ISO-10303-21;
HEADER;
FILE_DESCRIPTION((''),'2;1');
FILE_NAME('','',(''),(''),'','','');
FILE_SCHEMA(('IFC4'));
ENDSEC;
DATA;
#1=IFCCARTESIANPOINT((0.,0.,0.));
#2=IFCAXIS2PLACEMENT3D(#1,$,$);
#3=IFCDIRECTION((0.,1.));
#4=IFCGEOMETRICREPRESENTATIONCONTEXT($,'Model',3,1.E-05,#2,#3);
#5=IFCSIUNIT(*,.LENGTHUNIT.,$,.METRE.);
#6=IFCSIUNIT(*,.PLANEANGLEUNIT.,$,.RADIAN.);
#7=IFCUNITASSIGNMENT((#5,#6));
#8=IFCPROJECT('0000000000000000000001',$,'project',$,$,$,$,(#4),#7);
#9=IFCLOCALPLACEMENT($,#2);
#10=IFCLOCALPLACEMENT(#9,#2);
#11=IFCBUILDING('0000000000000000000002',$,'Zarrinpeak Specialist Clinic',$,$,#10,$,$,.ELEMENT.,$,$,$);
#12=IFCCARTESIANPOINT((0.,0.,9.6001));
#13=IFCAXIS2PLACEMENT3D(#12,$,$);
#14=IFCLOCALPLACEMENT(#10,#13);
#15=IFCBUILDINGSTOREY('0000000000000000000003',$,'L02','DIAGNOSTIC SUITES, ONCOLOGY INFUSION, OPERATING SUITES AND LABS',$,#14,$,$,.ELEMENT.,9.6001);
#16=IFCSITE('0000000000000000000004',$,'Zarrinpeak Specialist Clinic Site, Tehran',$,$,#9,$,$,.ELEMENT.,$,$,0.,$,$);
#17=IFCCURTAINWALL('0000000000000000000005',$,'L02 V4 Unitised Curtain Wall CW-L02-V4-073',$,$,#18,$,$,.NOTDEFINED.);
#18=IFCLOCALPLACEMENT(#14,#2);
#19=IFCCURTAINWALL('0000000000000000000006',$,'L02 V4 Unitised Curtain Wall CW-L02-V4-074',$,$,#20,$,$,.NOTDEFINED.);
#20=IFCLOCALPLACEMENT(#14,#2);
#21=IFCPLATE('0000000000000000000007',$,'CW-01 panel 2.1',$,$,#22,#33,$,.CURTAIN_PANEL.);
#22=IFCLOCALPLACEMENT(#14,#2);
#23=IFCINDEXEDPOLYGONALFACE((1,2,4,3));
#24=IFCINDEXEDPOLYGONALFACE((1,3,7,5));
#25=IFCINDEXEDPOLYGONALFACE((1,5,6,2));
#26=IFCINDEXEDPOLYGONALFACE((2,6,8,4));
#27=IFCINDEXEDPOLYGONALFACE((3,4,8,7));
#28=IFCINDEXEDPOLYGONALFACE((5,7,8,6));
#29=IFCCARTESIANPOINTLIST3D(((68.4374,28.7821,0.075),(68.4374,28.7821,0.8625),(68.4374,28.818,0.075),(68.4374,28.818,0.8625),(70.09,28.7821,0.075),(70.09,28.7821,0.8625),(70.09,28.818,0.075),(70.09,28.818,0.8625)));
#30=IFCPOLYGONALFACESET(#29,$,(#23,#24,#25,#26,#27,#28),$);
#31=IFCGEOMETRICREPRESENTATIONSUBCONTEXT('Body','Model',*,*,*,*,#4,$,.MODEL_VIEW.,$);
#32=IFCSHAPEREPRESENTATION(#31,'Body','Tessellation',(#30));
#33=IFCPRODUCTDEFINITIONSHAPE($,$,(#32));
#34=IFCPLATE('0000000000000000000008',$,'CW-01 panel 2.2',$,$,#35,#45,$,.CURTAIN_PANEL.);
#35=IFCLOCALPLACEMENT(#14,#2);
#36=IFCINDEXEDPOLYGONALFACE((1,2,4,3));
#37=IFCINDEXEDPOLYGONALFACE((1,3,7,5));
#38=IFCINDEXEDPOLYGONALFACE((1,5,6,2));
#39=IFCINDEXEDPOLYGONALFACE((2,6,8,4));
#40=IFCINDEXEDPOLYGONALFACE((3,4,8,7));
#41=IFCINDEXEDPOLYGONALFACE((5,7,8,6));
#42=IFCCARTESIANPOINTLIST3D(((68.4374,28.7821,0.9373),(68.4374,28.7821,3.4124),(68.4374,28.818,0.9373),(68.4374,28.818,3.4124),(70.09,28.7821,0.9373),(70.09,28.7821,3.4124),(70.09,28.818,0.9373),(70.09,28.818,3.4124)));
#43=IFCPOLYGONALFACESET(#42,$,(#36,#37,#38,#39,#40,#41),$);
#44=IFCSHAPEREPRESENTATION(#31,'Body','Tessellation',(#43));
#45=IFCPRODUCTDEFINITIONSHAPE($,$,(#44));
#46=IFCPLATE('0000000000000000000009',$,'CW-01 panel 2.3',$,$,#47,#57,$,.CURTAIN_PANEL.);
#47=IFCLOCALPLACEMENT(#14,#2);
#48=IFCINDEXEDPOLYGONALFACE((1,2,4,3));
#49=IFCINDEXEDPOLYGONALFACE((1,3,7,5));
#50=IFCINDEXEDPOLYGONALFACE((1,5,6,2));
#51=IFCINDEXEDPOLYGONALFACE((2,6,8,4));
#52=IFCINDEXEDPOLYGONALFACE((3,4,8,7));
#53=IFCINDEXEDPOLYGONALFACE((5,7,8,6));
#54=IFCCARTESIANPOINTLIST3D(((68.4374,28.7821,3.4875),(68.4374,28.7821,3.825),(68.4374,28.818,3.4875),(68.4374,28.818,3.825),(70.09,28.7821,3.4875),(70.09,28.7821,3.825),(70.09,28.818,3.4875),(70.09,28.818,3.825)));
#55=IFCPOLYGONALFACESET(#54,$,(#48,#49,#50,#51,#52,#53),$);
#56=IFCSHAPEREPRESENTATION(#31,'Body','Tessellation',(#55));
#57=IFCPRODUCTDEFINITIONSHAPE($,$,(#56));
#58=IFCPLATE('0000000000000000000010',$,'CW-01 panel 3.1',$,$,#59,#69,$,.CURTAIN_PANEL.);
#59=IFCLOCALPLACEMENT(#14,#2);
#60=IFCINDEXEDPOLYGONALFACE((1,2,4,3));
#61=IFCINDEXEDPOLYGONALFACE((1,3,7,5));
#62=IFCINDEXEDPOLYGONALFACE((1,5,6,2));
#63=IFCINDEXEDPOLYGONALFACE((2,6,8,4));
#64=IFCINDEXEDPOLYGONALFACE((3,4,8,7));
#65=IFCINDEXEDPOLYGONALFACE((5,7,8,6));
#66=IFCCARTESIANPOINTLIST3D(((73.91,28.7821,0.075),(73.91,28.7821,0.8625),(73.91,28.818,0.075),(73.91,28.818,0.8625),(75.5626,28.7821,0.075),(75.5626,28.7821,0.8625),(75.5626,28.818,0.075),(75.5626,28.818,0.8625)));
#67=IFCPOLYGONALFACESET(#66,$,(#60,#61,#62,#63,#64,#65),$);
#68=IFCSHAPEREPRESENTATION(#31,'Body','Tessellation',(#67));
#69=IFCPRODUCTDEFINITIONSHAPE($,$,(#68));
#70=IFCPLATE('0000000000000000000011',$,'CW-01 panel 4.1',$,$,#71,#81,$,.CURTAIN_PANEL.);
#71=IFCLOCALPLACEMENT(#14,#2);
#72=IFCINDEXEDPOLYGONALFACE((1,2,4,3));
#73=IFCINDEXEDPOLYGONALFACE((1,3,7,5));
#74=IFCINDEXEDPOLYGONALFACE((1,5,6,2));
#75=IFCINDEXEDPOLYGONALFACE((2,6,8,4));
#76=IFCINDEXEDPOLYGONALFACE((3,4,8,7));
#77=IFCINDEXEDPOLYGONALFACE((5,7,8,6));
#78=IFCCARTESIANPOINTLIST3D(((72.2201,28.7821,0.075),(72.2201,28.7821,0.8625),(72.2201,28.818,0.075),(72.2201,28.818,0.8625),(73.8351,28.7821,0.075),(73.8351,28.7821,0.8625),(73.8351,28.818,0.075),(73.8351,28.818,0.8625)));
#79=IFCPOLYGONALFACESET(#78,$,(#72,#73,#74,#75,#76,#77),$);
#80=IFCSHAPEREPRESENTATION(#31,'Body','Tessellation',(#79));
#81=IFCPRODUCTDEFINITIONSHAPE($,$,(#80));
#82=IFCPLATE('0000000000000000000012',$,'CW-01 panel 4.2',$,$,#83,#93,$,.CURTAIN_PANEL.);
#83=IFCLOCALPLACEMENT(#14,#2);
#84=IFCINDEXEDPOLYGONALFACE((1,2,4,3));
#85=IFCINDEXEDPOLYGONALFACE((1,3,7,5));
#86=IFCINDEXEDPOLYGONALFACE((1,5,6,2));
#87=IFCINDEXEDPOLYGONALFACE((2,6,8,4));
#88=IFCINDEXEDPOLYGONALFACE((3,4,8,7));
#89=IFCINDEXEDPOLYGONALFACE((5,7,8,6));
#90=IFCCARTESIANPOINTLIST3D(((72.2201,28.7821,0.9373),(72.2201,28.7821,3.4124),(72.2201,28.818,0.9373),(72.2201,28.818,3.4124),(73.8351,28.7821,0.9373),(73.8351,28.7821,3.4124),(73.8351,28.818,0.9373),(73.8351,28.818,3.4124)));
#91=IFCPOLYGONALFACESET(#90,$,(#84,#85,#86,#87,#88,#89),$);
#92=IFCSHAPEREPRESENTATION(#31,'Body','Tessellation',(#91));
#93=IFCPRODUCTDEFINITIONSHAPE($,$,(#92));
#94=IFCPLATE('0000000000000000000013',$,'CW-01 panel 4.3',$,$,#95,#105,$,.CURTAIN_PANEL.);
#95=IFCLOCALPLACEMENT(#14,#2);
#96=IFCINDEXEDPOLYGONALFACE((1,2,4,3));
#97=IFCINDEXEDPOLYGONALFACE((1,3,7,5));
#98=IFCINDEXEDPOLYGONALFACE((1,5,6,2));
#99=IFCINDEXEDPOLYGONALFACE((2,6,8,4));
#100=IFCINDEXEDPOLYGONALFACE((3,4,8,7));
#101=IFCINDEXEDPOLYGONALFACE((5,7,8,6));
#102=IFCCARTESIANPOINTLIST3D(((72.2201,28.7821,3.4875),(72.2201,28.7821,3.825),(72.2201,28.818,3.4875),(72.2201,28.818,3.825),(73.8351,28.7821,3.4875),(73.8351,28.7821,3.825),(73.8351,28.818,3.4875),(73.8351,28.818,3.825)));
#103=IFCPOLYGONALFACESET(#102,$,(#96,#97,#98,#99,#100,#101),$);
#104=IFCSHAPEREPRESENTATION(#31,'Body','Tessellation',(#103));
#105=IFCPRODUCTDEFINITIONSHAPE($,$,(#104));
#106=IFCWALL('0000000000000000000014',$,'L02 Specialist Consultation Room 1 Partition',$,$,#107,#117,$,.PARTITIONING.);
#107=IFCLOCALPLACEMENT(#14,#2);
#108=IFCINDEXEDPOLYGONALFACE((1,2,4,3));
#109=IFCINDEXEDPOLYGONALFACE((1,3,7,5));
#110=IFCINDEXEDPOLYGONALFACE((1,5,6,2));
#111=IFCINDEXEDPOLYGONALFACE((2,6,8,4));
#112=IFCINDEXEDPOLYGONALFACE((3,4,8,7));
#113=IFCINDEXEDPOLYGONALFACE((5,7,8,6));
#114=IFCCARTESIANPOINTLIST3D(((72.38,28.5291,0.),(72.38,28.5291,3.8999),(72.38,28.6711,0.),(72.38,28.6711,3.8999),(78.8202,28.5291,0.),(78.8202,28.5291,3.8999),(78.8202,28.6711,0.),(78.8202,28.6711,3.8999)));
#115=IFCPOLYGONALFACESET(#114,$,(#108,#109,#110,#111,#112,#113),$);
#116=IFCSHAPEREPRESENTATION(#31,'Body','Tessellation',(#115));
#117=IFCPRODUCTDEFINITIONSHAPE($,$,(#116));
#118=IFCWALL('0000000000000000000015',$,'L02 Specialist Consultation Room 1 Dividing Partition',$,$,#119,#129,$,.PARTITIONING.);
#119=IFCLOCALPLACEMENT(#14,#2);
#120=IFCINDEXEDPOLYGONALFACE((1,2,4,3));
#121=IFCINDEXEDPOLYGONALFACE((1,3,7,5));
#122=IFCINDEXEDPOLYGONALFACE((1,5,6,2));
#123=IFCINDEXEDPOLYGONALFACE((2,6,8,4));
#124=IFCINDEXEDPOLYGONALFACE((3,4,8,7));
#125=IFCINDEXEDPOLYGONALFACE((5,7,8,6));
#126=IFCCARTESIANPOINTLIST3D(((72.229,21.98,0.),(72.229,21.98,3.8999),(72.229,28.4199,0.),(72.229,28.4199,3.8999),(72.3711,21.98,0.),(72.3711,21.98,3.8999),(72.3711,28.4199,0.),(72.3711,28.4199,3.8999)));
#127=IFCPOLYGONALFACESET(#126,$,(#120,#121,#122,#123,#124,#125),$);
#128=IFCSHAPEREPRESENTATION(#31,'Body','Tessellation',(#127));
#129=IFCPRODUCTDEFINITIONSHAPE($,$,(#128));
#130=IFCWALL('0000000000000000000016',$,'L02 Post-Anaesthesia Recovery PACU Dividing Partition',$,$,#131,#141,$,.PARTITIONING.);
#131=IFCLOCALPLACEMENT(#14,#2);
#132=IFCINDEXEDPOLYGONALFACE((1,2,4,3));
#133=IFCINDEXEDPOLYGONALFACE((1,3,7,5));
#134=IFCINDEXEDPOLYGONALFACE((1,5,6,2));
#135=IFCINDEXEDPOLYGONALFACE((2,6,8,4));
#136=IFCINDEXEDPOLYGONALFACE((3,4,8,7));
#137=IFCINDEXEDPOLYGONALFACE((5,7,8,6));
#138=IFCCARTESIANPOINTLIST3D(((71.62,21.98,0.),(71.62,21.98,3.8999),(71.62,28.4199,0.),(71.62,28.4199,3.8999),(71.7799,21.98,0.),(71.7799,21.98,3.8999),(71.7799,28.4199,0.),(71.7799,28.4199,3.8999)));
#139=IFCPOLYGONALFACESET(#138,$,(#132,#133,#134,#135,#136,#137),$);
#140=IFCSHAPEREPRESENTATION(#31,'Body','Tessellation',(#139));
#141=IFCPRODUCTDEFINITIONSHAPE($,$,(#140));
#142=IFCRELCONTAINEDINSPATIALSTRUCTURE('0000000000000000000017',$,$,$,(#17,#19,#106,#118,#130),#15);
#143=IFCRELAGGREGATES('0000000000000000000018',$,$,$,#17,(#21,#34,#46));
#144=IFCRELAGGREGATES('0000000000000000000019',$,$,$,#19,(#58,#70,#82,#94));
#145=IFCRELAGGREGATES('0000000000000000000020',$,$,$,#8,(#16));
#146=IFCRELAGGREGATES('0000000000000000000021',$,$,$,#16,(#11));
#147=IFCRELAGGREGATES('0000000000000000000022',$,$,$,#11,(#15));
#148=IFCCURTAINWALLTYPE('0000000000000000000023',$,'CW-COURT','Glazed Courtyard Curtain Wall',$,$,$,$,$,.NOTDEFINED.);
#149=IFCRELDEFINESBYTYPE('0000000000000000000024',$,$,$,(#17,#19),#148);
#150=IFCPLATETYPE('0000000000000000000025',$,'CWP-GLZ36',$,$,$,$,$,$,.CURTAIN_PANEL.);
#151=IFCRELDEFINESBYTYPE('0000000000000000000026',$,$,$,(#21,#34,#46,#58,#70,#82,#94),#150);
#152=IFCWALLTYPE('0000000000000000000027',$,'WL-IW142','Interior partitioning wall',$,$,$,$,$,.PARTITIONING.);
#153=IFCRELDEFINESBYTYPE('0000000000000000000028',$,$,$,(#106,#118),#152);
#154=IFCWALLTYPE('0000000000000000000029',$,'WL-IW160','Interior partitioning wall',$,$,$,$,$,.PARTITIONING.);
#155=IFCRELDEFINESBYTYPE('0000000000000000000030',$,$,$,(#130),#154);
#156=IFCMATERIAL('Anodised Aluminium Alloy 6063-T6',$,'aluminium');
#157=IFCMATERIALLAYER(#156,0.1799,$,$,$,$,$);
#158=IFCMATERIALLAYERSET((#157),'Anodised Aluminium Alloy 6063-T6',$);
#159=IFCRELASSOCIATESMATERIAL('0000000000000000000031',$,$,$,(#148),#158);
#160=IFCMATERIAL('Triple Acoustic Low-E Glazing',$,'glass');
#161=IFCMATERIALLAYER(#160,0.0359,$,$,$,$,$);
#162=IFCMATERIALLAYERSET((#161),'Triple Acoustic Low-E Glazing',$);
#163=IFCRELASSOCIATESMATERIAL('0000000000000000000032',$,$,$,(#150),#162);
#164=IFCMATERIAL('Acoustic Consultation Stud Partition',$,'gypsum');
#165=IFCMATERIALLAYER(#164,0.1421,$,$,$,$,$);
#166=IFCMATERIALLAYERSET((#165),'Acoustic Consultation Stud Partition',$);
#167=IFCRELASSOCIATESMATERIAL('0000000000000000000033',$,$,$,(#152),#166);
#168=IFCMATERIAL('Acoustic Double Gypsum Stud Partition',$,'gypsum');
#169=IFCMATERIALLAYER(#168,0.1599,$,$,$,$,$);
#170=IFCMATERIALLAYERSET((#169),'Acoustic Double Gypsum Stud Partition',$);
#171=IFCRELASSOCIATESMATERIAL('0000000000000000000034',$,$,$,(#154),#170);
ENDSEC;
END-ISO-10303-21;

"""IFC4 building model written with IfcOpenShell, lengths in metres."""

from ifc_helpers import new_model, si_unit, direction, frame, frame_2d, origin, origin_2d, place, context, subcontext, project, spatial, rectangle, extrude, material, layer, layer_set, type_object, element, aggregate, save


model = new_model("IFC4")

# Units and contexts
model_context = context("Model", 3, precision=1e-05, world=origin(), true_north=direction((0.0, 1.0)))
body_context = subcontext(model_context, "Body", "Model", "MODEL_VIEW")
ifc_project = project(units=[si_unit("LENGTHUNIT", "METRE"), si_unit("PLANEANGLEUNIT", "RADIAN")], contexts=[model_context])

# Site, building, storey
site_placement = place(None, origin())
site = spatial("IfcSite", under=ifc_project, at=site_placement, Name="Zarrinpeak Specialist Clinic Site, Tehran", CompositionType="ELEMENT", RefElevation=0.0)
building_placement = place(site_placement, origin())
building = spatial("IfcBuilding", under=site, at=building_placement, Name="Zarrinpeak Specialist Clinic", CompositionType="ELEMENT")
storey_placement = place(building_placement, frame((0.0, 0.0, 9.6001)))
storey = spatial("IfcBuildingStorey", under=building, at=storey_placement, Name="L02", Description="DIAGNOSTIC SUITES, ONCOLOGY INFUSION, OPERATING SUITES AND LABS", CompositionType="ELEMENT", Elevation=9.6001)

# Curtain walls
ifc_material_1 = material(Name="Anodised Aluminium Alloy 6063-T6", Category="aluminium")
ifc_layer_1 = layer(ifc_material_1, 0.1799)
ifc_layer_set_1 = layer_set([ifc_layer_1], Name="Anodised Aluminium Alloy 6063-T6")
curtain_wall_type = type_object("IfcCurtainWallType", Name="CW-COURT", Description="Glazed Courtyard Curtain Wall", PredefinedType="NOTDEFINED", material=ifc_layer_set_1)
curtain_wall_1_placement = place(storey_placement, origin())
curtain_wall_1 = element("IfcCurtainWall", 1, at=curtain_wall_1_placement, inside=storey, type_object=curtain_wall_type, Name="L02 V4 Unitised Curtain Wall CW-L02-V4-073", PredefinedType="NOTDEFINED")
curtain_wall_2_placement = place(storey_placement, origin())
curtain_wall_2 = element("IfcCurtainWall", 2, at=curtain_wall_2_placement, inside=storey, type_object=curtain_wall_type, Name="L02 V4 Unitised Curtain Wall CW-L02-V4-074", PredefinedType="NOTDEFINED")

# Plates
ifc_material_2 = material(Name="Triple Acoustic Low-E Glazing", Category="glass")
ifc_layer_2 = layer(ifc_material_2, 0.0359)
ifc_layer_set_2 = layer_set([ifc_layer_2], Name="Triple Acoustic Low-E Glazing")
plate_type = type_object("IfcPlateType", Name="CWP-GLZ36", PredefinedType="CURTAIN_PANEL", material=ifc_layer_set_2)
plate_1_placement = place(storey_placement, frame((69.2637, 28.8, 0.075), z_axis=(0.0, 0.0, 1.0), x_axis=(-1.0, 0.0, 0.0)))
plate_1 = element("IfcPlate", 3, at=plate_1_placement, type_object=plate_type, Name="CW-01 panel 2.1", PredefinedType="CURTAIN_PANEL", context=body_context, shape_type="SweptSolid", body=[
    extrude(rectangle(XDim=1.6526, YDim=0.0359, at=origin_2d()), origin(), (0.0, 0.0, 1.0), 0.7876),
])
plate_2_placement = place(storey_placement, frame((69.2637, 28.8, 0.9373), z_axis=(0.0, 0.0, 1.0), x_axis=(-1.0, 0.0, 0.0)))
plate_2 = element("IfcPlate", 4, at=plate_2_placement, type_object=plate_type, Name="CW-01 panel 2.2", PredefinedType="CURTAIN_PANEL", context=body_context, shape_type="SweptSolid", body=[
    extrude(rectangle(XDim=1.6526, YDim=0.0359, at=origin_2d()), origin(), (0.0, 0.0, 1.0), 2.4751),
])
plate_3_placement = place(storey_placement, frame((69.2637, 28.8, 3.4875), z_axis=(0.0, 0.0, 1.0), x_axis=(-1.0, 0.0, 0.0)))
plate_3 = element("IfcPlate", 5, at=plate_3_placement, type_object=plate_type, Name="CW-01 panel 2.3", PredefinedType="CURTAIN_PANEL", context=body_context, shape_type="SweptSolid", body=[
    extrude(rectangle(XDim=1.6526, YDim=0.0359, at=origin_2d()), origin(), (0.0, 0.0, 1.0), 0.3374),
])
aggregate(curtain_wall_1, [plate_1, plate_2, plate_3])
plate_4_placement = place(storey_placement, frame((74.7363, 28.8, 0.075), z_axis=(0.0, 0.0, 1.0), x_axis=(-1.0, 0.0, 0.0)))
plate_4 = element("IfcPlate", 6, at=plate_4_placement, type_object=plate_type, Name="CW-01 panel 3.1", PredefinedType="CURTAIN_PANEL", context=body_context, shape_type="SweptSolid", body=[
    extrude(rectangle(XDim=1.6526, YDim=0.0359, at=origin_2d()), origin(), (0.0, 0.0, 1.0), 0.7876),
])
plate_5_placement = place(storey_placement, frame((73.0276, 28.8, 0.075), z_axis=(0.0, 0.0, 1.0), x_axis=(-1.0, 0.0, 0.0)))
plate_5 = element("IfcPlate", 7, at=plate_5_placement, type_object=plate_type, Name="CW-01 panel 4.1", PredefinedType="CURTAIN_PANEL", context=body_context, shape_type="SweptSolid", body=[
    extrude(rectangle(XDim=1.615, YDim=0.0359, at=origin_2d()), origin(), (0.0, 0.0, 1.0), 0.7876),
])
plate_6_placement = place(storey_placement, frame((73.0276, 28.8, 0.9373), z_axis=(0.0, 0.0, 1.0), x_axis=(-1.0, 0.0, 0.0)))
plate_6 = element("IfcPlate", 8, at=plate_6_placement, type_object=plate_type, Name="CW-01 panel 4.2", PredefinedType="CURTAIN_PANEL", context=body_context, shape_type="SweptSolid", body=[
    extrude(rectangle(XDim=1.615, YDim=0.0359, at=origin_2d()), origin(), (0.0, 0.0, 1.0), 2.4751),
])
plate_7_placement = place(storey_placement, frame((73.0276, 28.8, 3.4875), z_axis=(0.0, 0.0, 1.0), x_axis=(-1.0, 0.0, 0.0)))
plate_7 = element("IfcPlate", 9, at=plate_7_placement, type_object=plate_type, Name="CW-01 panel 4.3", PredefinedType="CURTAIN_PANEL", context=body_context, shape_type="SweptSolid", body=[
    extrude(rectangle(XDim=1.615, YDim=0.0359, at=origin_2d()), origin(), (0.0, 0.0, 1.0), 0.3374),
])
aggregate(curtain_wall_2, [plate_4, plate_5, plate_6, plate_7])

# Walls
ifc_material_3 = material(Name="Acoustic Consultation Stud Partition", Category="gypsum")
ifc_layer_3 = layer(ifc_material_3, 0.1421)
ifc_layer_set_3 = layer_set([ifc_layer_3], Name="Acoustic Consultation Stud Partition")
wall_type_1 = type_object("IfcWallType", Name="WL-IW142", Description="Interior partitioning wall", PredefinedType="PARTITIONING", material=ifc_layer_set_3)
wall_1_placement = place(storey_placement, frame((72.3799, 28.6001, 0.0), z_axis=(0.0, 0.0, 1.0), x_axis=(1.0, 0.0, 0.0)))
element("IfcWall", 10, at=wall_1_placement, inside=storey, type_object=wall_type_1, Name="L02 Specialist Consultation Room 1 Partition", PredefinedType="PARTITIONING", context=body_context, shape_type="SweptSolid", body=[
    extrude(rectangle(XDim=6.4402, YDim=0.1421, at=frame_2d((3.2202, 0.0))), origin(), (0.0, 0.0, 1.0), 3.8999),
])
wall_2_placement = place(storey_placement, frame((72.3, 21.98, 0.0), z_axis=(0.0, 0.0, 1.0), x_axis=(0.0, 1.0, 0.0)))
element("IfcWall", 11, at=wall_2_placement, inside=storey, type_object=wall_type_1, Name="L02 Specialist Consultation Room 1 Dividing Partition", PredefinedType="PARTITIONING", context=body_context, shape_type="SweptSolid", body=[
    extrude(rectangle(XDim=6.4399, YDim=0.1421, at=frame_2d((3.22, 0.0))), origin(), (0.0, 0.0, 1.0), 3.8999),
])
ifc_material_4 = material(Name="Acoustic Double Gypsum Stud Partition", Category="gypsum")
ifc_layer_4 = layer(ifc_material_4, 0.1599)
ifc_layer_set_4 = layer_set([ifc_layer_4], Name="Acoustic Double Gypsum Stud Partition")
wall_type_2 = type_object("IfcWallType", Name="WL-IW160", Description="Interior partitioning wall", PredefinedType="PARTITIONING", material=ifc_layer_set_4)
wall_3_placement = place(storey_placement, frame((71.7, 21.98, 0.0), z_axis=(0.0, 0.0, 1.0), x_axis=(0.0, 1.0, 0.0)))
element("IfcWall", 12, at=wall_3_placement, inside=storey, type_object=wall_type_2, Name="L02 Post-Anaesthesia Recovery PACU Dividing Partition", PredefinedType="PARTITIONING", context=body_context, shape_type="SweptSolid", body=[
    extrude(rectangle(XDim=6.4399, YDim=0.1599, at=frame_2d((3.22, 0.0))), origin(), (0.0, 0.0, 1.0), 3.8999),
])

save(model, "model.ifc")
